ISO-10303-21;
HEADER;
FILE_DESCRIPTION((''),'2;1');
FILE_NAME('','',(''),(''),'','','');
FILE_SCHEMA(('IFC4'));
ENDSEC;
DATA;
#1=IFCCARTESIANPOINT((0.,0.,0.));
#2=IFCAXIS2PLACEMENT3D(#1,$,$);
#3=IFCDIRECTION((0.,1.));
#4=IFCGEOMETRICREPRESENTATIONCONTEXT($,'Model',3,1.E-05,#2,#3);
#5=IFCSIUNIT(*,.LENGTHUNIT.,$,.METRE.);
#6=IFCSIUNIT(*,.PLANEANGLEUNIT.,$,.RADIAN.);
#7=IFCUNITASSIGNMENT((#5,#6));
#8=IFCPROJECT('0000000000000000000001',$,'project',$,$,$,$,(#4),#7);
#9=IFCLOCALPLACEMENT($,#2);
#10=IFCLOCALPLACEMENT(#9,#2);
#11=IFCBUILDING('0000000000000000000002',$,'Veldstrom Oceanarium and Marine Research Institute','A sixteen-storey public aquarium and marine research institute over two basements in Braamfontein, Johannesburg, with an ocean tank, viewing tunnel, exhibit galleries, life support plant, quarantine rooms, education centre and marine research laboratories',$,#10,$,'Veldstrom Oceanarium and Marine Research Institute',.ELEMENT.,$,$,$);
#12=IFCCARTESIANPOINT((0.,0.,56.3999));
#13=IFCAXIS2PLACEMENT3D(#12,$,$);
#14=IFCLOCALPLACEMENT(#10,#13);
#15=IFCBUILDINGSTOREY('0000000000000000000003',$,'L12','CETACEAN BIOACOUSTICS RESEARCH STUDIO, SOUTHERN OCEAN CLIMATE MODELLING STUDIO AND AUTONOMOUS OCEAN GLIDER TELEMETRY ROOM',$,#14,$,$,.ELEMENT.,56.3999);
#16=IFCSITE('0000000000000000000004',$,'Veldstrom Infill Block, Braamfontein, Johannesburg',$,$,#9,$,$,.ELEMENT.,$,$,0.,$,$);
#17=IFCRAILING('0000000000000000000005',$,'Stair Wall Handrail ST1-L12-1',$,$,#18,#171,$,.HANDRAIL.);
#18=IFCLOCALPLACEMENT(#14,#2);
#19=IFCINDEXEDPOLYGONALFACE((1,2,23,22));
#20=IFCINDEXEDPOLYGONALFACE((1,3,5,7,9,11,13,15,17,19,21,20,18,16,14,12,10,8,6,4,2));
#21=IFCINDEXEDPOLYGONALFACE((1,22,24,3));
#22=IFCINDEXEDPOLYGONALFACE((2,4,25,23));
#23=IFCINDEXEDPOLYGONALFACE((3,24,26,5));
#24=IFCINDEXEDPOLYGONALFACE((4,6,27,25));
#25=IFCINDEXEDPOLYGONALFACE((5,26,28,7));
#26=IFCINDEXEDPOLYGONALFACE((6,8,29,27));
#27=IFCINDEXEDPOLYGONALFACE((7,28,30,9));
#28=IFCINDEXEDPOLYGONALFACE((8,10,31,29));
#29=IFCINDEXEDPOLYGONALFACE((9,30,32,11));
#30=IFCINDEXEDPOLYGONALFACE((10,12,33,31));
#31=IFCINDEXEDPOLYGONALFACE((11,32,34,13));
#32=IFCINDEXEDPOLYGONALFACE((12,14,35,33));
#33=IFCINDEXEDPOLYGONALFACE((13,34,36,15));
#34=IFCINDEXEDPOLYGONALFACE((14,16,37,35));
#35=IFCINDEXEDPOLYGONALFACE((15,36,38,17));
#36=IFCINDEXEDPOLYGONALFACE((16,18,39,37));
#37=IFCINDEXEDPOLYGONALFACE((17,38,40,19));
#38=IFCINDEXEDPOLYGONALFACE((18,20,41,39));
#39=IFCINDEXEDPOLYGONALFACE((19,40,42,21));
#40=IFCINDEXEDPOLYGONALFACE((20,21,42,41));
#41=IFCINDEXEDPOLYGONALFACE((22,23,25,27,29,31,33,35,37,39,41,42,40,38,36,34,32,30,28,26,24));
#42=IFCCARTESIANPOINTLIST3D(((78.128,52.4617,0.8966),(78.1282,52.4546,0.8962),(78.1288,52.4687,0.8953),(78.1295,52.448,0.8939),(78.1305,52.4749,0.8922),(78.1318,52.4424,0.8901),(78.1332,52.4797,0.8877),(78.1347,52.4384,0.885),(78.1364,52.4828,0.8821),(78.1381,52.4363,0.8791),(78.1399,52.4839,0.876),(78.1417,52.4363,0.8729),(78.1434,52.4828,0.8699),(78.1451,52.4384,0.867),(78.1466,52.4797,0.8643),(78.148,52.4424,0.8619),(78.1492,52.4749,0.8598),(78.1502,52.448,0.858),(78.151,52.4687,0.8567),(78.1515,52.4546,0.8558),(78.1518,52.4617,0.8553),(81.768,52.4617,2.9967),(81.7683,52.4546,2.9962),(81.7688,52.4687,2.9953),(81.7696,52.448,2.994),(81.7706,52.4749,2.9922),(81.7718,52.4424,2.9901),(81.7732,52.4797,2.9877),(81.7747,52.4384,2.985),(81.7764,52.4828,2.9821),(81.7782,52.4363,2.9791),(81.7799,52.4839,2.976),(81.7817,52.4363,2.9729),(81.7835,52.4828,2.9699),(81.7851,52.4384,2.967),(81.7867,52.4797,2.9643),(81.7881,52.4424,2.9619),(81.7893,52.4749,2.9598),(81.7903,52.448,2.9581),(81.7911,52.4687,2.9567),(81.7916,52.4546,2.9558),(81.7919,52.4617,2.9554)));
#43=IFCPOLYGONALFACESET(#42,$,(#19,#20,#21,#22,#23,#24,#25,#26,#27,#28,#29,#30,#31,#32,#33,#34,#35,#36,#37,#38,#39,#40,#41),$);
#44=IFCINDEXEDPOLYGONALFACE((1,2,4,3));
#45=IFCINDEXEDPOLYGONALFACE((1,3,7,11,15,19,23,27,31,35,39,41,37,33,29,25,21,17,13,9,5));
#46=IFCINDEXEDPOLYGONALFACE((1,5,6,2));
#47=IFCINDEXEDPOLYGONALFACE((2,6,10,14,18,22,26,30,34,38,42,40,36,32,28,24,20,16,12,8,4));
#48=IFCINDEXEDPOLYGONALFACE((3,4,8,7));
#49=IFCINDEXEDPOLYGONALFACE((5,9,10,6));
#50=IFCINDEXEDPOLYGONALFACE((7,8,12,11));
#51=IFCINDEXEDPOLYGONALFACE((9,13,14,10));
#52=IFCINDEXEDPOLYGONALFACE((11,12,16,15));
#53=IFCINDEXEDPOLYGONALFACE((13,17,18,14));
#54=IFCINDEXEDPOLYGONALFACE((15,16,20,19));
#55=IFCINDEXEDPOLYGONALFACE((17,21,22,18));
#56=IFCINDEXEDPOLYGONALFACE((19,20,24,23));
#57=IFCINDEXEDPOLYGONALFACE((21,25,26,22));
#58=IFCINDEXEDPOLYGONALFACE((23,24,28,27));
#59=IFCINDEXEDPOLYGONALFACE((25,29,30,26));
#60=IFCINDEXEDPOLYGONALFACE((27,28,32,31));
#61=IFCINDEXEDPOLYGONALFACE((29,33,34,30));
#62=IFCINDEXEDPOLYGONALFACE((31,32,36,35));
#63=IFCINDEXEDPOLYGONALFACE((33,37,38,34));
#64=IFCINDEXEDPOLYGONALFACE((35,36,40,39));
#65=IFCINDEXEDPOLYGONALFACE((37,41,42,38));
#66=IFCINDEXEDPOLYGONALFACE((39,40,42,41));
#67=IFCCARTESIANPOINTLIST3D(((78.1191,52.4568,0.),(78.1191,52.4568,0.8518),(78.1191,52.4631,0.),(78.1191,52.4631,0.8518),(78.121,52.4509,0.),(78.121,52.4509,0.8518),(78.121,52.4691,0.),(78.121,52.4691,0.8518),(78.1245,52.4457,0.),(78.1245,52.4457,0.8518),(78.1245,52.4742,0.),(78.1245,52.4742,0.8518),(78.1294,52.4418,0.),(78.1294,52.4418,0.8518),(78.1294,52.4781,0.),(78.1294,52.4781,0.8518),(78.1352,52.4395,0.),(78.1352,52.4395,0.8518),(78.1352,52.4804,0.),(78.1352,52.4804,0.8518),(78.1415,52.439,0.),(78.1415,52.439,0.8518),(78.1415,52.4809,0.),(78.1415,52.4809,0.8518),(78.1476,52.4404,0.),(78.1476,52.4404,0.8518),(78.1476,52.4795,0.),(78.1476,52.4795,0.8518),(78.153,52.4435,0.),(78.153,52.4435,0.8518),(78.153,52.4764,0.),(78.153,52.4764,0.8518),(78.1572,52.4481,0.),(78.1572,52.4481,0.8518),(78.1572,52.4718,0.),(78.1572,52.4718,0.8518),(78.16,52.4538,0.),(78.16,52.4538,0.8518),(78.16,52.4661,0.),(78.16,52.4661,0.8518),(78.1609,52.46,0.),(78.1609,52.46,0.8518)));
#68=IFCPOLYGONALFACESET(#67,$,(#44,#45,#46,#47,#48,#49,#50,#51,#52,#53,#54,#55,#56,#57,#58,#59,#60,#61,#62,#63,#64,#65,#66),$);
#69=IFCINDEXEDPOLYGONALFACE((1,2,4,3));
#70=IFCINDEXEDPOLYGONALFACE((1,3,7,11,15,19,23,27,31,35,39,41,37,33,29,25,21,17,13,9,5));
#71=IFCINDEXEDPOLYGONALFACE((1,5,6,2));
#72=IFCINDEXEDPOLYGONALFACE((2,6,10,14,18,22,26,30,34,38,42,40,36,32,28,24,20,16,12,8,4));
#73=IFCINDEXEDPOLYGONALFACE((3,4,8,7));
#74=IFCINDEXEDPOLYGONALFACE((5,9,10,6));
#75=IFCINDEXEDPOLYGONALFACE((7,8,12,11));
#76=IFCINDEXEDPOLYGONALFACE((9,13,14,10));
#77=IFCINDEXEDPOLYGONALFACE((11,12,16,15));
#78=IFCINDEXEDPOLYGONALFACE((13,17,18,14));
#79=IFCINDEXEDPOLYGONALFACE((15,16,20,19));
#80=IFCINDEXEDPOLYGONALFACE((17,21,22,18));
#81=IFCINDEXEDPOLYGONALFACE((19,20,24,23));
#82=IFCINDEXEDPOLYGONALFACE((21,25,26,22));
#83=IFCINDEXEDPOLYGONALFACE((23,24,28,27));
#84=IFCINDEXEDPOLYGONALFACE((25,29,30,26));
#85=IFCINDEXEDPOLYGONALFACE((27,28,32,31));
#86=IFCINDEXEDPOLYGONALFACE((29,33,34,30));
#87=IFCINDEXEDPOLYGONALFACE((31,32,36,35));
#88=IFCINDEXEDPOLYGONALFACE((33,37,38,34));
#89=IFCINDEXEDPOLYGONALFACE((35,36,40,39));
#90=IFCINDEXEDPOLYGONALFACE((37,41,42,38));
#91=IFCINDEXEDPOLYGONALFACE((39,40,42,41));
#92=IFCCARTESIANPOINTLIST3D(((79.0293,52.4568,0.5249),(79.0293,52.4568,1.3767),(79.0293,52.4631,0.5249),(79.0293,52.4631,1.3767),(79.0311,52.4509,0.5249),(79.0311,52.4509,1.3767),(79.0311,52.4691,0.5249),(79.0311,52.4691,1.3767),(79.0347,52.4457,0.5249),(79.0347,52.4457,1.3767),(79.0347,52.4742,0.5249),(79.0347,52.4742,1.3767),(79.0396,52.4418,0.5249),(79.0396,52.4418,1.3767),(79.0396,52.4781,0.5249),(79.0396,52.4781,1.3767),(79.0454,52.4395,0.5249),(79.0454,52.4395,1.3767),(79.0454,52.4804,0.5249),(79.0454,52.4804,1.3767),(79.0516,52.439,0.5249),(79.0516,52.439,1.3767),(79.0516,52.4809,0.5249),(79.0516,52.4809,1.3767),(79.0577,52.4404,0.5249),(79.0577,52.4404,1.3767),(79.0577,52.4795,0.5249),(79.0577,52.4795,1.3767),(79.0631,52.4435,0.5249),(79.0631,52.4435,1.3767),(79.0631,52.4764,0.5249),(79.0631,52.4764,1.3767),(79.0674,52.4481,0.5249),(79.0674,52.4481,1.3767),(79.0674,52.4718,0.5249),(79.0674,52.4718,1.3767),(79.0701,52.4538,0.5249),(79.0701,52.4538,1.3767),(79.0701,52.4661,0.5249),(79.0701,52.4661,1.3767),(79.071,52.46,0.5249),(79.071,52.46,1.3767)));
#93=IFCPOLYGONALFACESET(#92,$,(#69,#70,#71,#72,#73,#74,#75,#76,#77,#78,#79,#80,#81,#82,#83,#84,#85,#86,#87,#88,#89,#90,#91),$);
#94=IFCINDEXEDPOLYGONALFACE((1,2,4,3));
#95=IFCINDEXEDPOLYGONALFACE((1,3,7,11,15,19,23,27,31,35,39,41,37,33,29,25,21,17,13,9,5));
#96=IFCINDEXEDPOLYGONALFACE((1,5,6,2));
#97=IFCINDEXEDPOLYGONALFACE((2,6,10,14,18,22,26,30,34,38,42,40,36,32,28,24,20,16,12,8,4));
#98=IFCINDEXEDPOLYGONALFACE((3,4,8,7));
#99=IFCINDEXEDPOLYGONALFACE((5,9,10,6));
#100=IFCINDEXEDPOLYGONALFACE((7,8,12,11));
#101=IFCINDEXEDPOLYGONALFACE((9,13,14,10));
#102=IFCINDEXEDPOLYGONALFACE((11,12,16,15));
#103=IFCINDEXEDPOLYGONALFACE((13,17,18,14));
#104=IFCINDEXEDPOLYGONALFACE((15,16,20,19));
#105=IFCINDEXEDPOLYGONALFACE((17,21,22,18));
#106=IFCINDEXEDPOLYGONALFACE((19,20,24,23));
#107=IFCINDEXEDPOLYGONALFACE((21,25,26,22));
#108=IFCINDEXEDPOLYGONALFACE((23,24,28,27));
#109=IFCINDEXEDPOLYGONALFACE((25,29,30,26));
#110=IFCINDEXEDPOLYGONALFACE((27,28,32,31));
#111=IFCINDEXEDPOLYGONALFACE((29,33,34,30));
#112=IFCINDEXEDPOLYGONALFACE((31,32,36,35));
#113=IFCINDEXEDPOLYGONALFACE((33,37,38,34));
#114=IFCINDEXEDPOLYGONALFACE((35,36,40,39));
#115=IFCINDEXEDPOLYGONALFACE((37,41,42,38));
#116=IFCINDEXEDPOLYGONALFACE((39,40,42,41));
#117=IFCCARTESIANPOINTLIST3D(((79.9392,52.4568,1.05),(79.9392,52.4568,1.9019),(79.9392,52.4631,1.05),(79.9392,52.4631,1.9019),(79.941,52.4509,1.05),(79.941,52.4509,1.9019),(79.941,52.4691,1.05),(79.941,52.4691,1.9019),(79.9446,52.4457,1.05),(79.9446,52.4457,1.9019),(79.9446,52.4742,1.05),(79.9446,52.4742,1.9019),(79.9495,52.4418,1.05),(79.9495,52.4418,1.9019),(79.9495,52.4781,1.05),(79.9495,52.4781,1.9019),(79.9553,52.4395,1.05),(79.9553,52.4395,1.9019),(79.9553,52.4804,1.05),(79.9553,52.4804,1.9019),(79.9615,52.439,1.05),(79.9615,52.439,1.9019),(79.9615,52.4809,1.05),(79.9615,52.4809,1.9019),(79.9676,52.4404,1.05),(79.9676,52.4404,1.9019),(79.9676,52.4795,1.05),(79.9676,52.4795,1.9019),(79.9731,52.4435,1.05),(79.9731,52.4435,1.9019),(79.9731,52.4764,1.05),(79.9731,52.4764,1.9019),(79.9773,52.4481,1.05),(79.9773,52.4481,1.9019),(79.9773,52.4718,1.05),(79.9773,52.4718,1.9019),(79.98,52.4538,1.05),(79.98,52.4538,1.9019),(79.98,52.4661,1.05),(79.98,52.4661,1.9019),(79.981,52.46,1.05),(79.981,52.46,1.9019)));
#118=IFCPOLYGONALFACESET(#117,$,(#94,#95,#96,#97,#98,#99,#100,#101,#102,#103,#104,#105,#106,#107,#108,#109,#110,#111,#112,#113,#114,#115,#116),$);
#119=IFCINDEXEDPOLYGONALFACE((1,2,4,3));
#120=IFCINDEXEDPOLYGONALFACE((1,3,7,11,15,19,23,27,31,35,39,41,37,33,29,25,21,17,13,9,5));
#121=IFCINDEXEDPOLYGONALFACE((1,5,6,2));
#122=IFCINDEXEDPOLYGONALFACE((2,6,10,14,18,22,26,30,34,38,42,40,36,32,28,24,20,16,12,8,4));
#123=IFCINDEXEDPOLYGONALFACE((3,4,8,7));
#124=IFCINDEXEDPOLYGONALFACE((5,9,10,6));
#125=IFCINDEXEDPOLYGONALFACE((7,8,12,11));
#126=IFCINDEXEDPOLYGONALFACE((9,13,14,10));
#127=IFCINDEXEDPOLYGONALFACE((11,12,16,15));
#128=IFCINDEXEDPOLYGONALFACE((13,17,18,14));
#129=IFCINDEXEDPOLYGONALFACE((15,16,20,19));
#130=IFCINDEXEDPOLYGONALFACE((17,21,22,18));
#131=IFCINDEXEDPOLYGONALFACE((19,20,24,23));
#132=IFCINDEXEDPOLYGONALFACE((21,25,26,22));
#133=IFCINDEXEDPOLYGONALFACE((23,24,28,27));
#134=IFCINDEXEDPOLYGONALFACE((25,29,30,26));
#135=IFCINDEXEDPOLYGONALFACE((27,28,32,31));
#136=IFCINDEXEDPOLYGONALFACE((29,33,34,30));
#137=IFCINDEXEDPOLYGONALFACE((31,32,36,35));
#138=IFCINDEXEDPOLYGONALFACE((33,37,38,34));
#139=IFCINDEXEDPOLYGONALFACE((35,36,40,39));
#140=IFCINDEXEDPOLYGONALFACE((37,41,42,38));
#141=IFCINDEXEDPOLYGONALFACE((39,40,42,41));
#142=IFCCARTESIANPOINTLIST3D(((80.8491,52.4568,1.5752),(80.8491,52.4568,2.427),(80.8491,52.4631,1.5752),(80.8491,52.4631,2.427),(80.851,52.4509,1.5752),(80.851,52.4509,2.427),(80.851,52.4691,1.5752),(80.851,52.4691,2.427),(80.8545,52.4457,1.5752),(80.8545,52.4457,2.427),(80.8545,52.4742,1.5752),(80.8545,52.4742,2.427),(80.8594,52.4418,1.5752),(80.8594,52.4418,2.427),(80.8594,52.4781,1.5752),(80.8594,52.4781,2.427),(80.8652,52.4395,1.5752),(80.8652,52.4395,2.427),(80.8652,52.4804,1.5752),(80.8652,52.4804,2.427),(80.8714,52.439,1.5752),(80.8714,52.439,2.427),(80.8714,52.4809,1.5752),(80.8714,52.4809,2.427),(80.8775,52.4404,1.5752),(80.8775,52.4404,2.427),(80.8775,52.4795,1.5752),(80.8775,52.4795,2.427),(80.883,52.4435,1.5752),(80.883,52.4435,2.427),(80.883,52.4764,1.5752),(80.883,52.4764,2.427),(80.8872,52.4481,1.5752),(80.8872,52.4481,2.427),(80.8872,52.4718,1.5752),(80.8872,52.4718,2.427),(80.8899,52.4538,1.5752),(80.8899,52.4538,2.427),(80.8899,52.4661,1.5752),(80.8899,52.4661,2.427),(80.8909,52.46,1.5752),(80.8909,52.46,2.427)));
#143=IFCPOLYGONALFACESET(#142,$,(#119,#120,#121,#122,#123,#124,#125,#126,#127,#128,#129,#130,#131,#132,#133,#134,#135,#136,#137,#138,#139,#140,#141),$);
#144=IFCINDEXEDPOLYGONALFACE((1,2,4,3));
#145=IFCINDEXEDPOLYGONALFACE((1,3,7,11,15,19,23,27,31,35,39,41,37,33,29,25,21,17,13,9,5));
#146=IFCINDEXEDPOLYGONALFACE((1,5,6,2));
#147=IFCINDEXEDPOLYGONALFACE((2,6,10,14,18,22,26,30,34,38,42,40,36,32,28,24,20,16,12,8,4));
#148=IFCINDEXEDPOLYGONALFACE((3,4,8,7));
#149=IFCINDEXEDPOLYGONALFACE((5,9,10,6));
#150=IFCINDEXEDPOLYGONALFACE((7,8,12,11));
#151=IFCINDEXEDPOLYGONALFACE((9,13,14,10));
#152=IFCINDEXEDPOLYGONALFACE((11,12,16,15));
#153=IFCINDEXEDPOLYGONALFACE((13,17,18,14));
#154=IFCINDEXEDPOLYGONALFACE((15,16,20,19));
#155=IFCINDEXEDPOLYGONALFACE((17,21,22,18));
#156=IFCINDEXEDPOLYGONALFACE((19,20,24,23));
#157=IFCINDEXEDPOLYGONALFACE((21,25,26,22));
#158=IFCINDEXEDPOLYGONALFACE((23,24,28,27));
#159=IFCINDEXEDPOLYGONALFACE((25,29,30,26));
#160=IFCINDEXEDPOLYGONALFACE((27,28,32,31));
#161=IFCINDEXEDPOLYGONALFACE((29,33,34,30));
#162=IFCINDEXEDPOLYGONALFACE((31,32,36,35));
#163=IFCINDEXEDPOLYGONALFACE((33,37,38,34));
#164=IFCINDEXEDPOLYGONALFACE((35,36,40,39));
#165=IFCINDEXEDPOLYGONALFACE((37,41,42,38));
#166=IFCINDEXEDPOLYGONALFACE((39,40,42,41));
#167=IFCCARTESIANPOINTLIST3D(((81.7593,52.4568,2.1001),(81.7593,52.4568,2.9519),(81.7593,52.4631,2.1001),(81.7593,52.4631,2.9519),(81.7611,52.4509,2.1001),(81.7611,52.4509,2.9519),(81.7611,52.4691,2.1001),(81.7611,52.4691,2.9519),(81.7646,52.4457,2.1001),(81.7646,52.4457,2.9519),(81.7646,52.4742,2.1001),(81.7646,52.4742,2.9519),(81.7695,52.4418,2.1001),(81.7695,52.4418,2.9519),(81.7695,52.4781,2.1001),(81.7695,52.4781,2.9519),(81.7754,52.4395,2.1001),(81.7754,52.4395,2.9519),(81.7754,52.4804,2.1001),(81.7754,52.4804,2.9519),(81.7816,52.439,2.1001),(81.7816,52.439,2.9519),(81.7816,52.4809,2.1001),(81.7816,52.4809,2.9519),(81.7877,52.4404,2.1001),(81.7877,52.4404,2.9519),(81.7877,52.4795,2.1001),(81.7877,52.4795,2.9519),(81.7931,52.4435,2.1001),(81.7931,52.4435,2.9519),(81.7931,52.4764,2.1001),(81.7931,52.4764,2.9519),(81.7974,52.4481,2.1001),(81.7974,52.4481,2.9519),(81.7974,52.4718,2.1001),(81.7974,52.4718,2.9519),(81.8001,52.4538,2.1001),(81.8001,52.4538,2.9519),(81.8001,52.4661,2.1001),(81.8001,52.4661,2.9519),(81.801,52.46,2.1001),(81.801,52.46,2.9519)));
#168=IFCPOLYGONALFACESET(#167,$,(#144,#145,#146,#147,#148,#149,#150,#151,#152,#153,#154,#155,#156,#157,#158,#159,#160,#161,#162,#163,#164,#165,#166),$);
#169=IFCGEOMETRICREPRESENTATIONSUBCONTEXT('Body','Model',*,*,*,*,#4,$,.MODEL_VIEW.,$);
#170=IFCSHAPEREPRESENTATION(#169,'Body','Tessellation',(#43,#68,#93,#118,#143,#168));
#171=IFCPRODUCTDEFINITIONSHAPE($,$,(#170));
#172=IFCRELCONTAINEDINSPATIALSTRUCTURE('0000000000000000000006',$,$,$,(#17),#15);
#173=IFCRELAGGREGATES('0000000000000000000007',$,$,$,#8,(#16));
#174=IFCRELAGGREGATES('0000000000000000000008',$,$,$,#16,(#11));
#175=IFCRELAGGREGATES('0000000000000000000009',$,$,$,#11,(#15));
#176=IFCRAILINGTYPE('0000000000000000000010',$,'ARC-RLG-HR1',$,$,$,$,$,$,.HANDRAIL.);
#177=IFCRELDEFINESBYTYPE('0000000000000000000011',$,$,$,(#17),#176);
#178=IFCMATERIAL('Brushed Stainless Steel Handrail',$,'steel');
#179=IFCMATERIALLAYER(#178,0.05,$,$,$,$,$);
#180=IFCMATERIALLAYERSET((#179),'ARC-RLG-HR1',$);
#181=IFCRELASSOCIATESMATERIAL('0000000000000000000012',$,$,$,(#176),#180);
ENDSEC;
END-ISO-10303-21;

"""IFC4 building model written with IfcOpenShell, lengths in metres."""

from ifc_helpers import new_model, si_unit, direction, frame, origin, origin_2d, place, context, subcontext, project, spatial, circle, extrude, material, layer, layer_set, type_object, element, save


model = new_model("IFC4")

# Units and contexts
model_context = context("Model", 3, precision=1e-05, world=origin(), true_north=direction((0.0, 1.0)))
body_context = subcontext(model_context, "Body", "Model", "MODEL_VIEW")
ifc_project = project(units=[si_unit("LENGTHUNIT", "METRE"), si_unit("PLANEANGLEUNIT", "RADIAN")], contexts=[model_context])

# Site, building, storey
site_placement = place(None, origin())
site = spatial("IfcSite", under=ifc_project, at=site_placement, Name="Veldstrom Infill Block, Braamfontein, Johannesburg", CompositionType="ELEMENT", RefElevation=0.0)
building_placement = place(site_placement, origin())
building = spatial("IfcBuilding", under=site, at=building_placement, Name="Veldstrom Oceanarium and Marine Research Institute", Description="A sixteen-storey public aquarium and marine research institute over two basements in Braamfontein, Johannesburg, with an ocean tank, viewing tunnel, exhibit galleries, life support plant, quarantine rooms, education centre and marine research laboratories", LongName="Veldstrom Oceanarium and Marine Research Institute", CompositionType="ELEMENT")
storey_placement = place(building_placement, frame((0.0, 0.0, 56.3999)))
storey = spatial("IfcBuildingStorey", under=building, at=storey_placement, Name="L12", Description="CETACEAN BIOACOUSTICS RESEARCH STUDIO, SOUTHERN OCEAN CLIMATE MODELLING STUDIO AND AUTONOMOUS OCEAN GLIDER TELEMETRY ROOM", CompositionType="ELEMENT", Elevation=56.3999)

# Railing
ifc_material_1 = material(Name="Brushed Stainless Steel Handrail", Category="steel")
ifc_layer_1 = layer(ifc_material_1, 0.05)
ifc_layer_set_1 = layer_set([ifc_layer_1], Name="ARC-RLG-HR1")
railing_type_1 = type_object("IfcRailingType", Name="ARC-RLG-HR1", PredefinedType="HANDRAIL", material=ifc_layer_set_1)
railing_1_placement = place(storey_placement, frame((78.1399, 52.46, 0.0)))
element("IfcRailing", 1, at=railing_1_placement, inside=storey, type_object=railing_type_1, Name="Stair Wall Handrail ST1-L12-1", PredefinedType="HANDRAIL", context=body_context, shape_type="SweptSolid", body=[
    extrude(circle(Radius=0.0239, at=origin_2d()), frame((0.0, 0.0, 0.876), z_axis=(0.866184, 0.0, 0.499726), x_axis=(0.0, 1.0, 0.0)), (0.0, 0.0, 1.0), 4.2024),
    extrude(circle(Radius=0.021, at=origin_2d()), origin(), (0.0, 0.0, 1.0), 0.8518),
    extrude(circle(Radius=0.021, at=origin_2d()), frame((0.9102, 0.0, 0.5249)), (0.0, 0.0, 1.0), 0.8518),
    extrude(circle(Radius=0.021, at=origin_2d()), frame((1.8201, 0.0, 1.05)), (0.0, 0.0, 1.0), 0.8518),
    extrude(circle(Radius=0.021, at=origin_2d()), frame((2.73, 0.0, 1.5752)), (0.0, 0.0, 1.0), 0.8518),
    extrude(circle(Radius=0.021, at=origin_2d()), frame((3.6401, 0.0, 2.1001)), (0.0, 0.0, 1.0), 0.8518),
])

save(model, "model.ifc")
